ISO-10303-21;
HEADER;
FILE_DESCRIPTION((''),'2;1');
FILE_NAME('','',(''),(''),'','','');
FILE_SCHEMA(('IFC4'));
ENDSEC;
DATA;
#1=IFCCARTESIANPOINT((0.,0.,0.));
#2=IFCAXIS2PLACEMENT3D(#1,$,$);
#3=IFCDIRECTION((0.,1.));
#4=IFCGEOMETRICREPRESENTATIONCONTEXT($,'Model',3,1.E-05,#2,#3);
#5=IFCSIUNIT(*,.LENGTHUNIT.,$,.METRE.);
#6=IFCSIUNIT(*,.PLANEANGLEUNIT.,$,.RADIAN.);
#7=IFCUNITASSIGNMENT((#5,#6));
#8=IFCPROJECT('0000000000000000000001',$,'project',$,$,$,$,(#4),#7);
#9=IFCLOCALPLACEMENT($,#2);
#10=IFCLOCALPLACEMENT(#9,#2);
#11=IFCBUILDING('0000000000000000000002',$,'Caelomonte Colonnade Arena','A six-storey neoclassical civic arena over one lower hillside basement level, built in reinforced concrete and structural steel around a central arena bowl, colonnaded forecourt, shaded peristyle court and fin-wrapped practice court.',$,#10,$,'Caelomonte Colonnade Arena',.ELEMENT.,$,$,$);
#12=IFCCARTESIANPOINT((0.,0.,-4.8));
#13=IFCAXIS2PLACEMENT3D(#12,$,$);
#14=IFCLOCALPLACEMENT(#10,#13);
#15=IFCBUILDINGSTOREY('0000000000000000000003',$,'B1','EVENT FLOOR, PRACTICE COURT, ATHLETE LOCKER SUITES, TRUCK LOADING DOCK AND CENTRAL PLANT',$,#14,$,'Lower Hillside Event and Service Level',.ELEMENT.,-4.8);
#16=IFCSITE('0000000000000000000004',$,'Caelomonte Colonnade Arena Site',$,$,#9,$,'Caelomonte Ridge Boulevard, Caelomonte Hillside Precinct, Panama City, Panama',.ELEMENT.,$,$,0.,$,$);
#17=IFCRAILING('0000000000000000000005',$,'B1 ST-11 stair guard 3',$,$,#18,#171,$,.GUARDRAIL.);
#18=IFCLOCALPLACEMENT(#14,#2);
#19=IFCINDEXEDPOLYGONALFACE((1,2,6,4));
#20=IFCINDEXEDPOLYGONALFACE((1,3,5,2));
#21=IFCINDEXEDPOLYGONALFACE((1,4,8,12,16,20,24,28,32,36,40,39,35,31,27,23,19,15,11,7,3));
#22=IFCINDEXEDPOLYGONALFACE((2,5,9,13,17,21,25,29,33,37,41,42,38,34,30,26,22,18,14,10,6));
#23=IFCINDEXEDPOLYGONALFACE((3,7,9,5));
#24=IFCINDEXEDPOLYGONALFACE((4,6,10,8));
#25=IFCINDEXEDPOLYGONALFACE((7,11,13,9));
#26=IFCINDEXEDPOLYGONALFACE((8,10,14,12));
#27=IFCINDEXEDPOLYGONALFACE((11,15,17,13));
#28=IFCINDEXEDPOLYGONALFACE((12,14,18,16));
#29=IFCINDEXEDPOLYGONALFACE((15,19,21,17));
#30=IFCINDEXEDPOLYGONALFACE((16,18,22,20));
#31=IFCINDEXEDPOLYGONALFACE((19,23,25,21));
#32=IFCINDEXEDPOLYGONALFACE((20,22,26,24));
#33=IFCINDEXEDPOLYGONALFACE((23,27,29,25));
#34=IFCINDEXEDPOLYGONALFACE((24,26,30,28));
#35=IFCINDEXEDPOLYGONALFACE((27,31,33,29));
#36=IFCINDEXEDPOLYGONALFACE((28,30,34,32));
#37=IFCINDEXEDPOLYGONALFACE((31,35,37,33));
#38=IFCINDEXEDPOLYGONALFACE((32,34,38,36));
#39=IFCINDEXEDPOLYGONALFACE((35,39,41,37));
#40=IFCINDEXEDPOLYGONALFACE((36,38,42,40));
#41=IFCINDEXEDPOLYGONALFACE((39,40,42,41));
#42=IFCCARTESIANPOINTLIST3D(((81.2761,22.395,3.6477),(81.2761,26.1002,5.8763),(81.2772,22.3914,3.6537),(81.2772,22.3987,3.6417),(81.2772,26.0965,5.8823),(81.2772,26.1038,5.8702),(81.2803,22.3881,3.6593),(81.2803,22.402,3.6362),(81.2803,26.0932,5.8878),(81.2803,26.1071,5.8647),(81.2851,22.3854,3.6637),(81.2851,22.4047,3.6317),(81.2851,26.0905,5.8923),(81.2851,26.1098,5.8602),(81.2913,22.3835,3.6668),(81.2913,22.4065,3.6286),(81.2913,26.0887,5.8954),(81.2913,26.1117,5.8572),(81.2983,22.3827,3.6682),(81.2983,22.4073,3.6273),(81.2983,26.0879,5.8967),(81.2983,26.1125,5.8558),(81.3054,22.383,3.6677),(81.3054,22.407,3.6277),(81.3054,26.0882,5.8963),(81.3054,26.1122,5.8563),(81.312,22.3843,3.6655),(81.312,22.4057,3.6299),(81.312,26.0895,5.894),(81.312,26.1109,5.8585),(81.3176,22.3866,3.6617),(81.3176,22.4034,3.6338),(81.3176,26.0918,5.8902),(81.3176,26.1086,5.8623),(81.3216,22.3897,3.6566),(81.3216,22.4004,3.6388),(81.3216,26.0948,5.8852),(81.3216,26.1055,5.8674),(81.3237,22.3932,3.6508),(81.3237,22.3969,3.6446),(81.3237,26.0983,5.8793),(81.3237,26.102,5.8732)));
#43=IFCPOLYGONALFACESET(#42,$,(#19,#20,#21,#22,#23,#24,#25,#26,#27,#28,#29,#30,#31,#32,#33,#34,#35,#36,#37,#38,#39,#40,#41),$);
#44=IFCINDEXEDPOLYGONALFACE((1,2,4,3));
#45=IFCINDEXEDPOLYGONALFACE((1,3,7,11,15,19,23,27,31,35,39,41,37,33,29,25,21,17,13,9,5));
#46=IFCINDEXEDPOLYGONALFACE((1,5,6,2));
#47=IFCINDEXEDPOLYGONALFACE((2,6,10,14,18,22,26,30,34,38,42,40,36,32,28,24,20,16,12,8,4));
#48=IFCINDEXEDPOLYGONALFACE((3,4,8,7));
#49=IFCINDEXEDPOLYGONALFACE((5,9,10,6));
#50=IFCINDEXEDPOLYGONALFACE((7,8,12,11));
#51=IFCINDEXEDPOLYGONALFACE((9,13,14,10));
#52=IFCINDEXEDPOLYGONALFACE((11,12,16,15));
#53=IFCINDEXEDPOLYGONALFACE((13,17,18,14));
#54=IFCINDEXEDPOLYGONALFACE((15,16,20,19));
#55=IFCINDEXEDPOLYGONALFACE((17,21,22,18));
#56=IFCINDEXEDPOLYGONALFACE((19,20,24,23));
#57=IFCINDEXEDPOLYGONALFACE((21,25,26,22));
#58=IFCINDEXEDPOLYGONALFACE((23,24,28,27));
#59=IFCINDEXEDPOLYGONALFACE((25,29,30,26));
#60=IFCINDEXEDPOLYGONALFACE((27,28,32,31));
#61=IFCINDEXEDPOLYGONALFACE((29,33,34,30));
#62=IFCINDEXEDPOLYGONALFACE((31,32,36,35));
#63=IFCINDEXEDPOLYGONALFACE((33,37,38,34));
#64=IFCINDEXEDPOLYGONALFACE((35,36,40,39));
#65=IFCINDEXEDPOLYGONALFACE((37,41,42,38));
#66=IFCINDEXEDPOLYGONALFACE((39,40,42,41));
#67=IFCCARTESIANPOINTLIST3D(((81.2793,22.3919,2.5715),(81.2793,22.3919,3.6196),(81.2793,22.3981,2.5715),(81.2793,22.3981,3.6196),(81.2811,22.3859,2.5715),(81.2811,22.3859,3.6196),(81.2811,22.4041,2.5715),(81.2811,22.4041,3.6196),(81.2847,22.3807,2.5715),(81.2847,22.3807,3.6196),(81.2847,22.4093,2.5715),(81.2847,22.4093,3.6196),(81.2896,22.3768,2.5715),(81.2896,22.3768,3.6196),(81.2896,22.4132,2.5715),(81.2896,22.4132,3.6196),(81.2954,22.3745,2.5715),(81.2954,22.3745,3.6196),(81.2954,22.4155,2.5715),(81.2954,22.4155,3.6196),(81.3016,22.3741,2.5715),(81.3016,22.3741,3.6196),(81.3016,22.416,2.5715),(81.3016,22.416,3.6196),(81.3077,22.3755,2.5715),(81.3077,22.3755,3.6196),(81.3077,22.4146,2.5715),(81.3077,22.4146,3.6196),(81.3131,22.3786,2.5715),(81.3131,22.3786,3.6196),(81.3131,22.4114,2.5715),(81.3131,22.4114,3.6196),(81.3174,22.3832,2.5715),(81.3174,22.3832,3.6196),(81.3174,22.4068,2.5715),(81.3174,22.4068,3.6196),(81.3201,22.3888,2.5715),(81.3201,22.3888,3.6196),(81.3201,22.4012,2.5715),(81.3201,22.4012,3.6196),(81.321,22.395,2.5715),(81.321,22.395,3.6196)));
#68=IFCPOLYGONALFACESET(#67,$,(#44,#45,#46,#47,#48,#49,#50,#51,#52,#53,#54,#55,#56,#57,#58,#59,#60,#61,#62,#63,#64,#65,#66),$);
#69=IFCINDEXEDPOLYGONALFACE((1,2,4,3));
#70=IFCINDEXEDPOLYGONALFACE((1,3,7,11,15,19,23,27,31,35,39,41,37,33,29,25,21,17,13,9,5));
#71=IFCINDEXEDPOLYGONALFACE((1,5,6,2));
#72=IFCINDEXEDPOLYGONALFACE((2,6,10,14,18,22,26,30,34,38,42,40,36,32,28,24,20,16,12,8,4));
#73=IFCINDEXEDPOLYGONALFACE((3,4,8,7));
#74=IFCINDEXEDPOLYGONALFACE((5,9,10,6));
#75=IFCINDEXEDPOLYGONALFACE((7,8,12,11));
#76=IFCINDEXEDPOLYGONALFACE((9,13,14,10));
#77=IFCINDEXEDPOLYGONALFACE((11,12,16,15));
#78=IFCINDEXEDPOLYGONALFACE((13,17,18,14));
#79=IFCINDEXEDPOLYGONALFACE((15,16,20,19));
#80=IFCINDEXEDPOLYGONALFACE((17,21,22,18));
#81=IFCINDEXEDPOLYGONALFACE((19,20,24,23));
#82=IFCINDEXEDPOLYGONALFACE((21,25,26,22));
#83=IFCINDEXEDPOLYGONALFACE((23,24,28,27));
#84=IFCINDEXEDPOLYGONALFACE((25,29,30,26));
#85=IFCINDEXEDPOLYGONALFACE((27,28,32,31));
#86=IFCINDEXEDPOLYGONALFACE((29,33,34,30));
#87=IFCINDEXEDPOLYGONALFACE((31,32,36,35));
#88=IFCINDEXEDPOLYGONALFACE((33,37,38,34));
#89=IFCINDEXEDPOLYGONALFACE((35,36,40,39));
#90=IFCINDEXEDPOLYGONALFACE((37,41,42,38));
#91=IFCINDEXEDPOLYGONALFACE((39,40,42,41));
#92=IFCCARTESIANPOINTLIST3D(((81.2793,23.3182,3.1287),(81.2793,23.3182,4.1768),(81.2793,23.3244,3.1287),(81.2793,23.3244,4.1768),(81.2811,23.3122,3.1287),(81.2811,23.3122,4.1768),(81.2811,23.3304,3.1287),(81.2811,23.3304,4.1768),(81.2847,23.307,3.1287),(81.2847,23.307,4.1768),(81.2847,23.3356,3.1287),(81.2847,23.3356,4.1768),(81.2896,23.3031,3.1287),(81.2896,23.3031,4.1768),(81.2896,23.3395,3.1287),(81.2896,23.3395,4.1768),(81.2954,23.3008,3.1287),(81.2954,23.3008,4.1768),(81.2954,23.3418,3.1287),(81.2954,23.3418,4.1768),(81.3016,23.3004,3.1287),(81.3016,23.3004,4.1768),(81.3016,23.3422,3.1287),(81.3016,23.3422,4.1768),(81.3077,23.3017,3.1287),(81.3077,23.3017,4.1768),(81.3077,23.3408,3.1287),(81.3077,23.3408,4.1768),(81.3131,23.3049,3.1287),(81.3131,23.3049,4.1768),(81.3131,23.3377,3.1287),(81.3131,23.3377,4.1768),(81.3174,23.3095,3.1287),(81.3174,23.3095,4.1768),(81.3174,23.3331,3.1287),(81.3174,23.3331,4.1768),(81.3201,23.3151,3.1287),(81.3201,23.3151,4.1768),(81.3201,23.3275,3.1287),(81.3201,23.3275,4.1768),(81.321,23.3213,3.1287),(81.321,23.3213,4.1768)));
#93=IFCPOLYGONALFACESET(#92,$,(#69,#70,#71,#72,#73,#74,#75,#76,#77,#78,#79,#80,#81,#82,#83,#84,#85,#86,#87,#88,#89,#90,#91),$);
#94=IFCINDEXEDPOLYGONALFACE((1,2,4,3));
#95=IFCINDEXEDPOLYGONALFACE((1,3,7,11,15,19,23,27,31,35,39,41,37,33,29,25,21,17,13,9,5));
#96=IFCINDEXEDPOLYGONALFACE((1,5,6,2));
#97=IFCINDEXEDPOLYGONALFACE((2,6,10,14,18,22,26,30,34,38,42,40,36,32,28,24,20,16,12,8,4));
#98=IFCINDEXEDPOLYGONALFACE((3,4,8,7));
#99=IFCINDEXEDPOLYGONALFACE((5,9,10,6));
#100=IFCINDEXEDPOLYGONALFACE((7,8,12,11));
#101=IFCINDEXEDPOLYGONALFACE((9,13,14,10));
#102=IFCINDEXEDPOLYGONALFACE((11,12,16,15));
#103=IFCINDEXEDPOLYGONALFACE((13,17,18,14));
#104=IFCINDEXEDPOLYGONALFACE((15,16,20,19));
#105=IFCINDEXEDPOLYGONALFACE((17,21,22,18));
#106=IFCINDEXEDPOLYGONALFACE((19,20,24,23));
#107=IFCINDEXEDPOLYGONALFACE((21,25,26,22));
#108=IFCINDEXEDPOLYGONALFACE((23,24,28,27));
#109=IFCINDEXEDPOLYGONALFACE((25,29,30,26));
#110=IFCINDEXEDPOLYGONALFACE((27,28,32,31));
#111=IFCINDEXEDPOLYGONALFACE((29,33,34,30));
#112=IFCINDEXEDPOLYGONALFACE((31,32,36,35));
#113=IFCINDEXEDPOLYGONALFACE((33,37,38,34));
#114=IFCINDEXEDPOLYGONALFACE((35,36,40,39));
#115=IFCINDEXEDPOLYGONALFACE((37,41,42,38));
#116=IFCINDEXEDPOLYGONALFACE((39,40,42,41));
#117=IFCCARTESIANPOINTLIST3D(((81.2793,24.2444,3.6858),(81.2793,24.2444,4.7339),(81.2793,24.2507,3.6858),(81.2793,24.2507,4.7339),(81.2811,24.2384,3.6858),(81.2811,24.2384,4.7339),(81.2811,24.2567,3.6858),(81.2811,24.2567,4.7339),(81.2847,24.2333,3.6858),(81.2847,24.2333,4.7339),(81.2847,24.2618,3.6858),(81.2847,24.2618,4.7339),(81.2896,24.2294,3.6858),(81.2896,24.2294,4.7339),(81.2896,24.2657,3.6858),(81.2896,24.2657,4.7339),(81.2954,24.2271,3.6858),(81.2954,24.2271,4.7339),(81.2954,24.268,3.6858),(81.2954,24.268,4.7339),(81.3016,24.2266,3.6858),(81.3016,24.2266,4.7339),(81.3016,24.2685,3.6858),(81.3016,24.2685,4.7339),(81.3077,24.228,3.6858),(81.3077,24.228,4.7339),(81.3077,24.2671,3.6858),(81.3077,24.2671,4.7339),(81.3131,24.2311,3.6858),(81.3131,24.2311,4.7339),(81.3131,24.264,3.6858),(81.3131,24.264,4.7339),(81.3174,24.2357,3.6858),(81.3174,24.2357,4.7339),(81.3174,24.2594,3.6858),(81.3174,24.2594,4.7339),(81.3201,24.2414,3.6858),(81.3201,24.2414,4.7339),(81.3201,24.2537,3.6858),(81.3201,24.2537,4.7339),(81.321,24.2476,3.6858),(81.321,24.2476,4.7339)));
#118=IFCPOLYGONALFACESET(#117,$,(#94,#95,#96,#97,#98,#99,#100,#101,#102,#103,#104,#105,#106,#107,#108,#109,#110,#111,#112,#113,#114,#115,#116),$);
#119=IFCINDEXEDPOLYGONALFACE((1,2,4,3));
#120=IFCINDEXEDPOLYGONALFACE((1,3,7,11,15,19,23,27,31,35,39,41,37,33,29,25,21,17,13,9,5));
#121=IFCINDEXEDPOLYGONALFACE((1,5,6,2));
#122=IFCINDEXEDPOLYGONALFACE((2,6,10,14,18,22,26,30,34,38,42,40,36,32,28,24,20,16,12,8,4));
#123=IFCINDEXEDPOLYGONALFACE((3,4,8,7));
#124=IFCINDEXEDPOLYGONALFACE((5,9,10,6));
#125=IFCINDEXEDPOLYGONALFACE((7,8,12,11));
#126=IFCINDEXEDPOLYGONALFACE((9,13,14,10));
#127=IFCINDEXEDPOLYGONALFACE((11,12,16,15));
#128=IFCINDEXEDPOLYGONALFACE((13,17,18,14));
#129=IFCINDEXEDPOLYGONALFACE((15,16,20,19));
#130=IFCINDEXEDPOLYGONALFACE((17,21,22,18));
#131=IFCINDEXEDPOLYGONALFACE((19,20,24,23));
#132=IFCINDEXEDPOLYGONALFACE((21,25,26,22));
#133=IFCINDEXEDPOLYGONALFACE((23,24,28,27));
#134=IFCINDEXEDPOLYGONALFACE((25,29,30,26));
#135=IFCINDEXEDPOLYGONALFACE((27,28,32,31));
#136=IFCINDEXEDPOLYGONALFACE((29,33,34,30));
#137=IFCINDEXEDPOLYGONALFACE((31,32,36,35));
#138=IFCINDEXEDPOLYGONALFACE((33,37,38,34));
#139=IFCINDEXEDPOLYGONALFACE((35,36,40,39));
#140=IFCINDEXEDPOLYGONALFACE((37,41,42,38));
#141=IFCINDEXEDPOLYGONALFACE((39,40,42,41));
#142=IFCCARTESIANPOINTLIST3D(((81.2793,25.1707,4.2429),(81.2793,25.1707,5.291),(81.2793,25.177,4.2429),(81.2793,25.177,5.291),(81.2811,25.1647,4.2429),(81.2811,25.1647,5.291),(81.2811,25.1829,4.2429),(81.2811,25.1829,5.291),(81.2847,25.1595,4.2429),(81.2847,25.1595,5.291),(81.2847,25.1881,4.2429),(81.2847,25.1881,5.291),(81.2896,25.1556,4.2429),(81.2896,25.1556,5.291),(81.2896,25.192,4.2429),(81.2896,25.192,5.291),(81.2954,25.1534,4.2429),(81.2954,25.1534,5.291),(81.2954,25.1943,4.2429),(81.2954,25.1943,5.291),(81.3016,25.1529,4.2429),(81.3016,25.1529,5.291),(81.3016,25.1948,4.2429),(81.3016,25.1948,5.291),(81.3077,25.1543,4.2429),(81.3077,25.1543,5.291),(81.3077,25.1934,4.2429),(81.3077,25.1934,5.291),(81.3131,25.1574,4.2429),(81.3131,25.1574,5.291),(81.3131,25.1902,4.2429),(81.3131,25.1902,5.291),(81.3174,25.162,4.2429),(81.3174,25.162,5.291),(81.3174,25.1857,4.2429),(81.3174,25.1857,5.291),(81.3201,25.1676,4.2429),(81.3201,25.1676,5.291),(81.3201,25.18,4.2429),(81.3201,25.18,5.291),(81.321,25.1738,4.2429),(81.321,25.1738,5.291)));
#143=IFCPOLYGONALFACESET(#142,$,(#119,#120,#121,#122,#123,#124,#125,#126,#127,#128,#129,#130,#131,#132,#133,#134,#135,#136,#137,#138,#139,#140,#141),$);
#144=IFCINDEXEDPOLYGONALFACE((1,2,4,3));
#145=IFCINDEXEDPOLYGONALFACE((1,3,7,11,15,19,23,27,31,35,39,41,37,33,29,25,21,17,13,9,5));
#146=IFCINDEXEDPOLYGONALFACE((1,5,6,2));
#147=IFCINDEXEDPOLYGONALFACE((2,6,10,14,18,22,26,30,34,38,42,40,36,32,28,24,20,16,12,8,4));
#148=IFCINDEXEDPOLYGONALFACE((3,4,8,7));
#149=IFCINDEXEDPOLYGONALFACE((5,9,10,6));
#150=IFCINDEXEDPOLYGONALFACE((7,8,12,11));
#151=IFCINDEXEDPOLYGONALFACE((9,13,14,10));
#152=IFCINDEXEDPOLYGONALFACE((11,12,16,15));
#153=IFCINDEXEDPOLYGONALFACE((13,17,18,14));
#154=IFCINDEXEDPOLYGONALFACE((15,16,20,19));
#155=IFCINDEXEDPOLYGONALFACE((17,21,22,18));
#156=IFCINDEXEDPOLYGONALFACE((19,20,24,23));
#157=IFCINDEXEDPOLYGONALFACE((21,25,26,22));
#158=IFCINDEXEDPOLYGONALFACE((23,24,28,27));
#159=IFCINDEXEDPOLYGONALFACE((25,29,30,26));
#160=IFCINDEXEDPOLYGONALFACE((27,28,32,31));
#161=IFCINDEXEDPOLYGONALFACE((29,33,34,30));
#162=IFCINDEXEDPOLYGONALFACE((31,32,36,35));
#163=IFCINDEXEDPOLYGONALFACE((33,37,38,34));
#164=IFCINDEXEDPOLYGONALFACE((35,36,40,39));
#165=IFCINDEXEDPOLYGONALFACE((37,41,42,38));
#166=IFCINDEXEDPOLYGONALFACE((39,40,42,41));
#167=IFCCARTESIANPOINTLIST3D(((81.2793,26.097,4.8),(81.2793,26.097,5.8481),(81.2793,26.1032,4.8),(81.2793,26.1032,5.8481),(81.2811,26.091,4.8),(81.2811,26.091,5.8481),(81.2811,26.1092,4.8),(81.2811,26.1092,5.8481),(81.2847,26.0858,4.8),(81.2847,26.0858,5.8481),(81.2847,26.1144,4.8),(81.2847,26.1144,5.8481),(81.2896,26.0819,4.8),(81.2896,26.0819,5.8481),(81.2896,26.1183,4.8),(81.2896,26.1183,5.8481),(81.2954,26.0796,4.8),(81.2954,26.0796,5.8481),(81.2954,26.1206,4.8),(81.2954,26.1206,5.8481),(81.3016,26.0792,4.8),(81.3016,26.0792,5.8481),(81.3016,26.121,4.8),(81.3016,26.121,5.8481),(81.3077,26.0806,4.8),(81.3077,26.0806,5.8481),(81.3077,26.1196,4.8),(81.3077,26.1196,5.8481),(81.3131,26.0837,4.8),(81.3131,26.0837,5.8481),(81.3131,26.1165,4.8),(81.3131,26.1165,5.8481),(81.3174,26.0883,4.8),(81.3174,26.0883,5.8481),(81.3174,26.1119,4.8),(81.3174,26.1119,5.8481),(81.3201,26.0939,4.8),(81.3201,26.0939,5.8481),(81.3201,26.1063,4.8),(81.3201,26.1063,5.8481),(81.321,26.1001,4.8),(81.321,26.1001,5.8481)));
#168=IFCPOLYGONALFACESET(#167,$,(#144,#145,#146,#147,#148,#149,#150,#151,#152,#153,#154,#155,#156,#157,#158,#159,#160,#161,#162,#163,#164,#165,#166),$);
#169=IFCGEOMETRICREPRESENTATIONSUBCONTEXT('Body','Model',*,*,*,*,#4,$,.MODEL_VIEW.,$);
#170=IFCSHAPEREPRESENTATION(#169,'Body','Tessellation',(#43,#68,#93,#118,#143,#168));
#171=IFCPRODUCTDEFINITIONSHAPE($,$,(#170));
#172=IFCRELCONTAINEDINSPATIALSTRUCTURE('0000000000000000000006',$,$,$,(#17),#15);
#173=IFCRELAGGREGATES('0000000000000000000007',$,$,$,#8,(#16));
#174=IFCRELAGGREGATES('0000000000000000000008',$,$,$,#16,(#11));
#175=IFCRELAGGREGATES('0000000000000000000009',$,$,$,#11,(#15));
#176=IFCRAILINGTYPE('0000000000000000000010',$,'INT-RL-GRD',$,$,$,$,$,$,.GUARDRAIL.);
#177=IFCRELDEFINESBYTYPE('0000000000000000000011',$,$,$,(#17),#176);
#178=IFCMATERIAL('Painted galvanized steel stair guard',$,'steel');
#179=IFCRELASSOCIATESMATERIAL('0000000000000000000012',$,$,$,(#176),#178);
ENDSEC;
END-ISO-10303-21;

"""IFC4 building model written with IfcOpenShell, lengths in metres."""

from ifc_helpers import new_model, si_unit, direction, frame, origin, origin_2d, place, context, subcontext, project, spatial, circle, extrude, material, type_object, element, save


model = new_model("IFC4")

# Units and contexts
model_context = context("Model", 3, precision=1e-05, world=origin(), true_north=direction((0.0, 1.0)))
body_context = subcontext(model_context, "Body", "Model", "MODEL_VIEW")
ifc_project = project(units=[si_unit("LENGTHUNIT", "METRE"), si_unit("PLANEANGLEUNIT", "RADIAN")], contexts=[model_context])

# Site, building, storey
site_placement = place(None, origin())
site = spatial("IfcSite", under=ifc_project, at=site_placement, Name="Caelomonte Colonnade Arena Site", LongName="Caelomonte Ridge Boulevard, Caelomonte Hillside Precinct, Panama City, Panama", CompositionType="ELEMENT", RefElevation=0.0)
building_placement = place(site_placement, origin())
building = spatial("IfcBuilding", under=site, at=building_placement, Name="Caelomonte Colonnade Arena", Description="A six-storey neoclassical civic arena over one lower hillside basement level, built in reinforced concrete and structural steel around a central arena bowl, colonnaded forecourt, shaded peristyle court and fin-wrapped practice court.", LongName="Caelomonte Colonnade Arena", CompositionType="ELEMENT")
storey_placement = place(building_placement, frame((0.0, 0.0, -4.8)))
storey = spatial("IfcBuildingStorey", under=building, at=storey_placement, Name="B1", Description="EVENT FLOOR, PRACTICE COURT, ATHLETE LOCKER SUITES, TRUCK LOADING DOCK AND CENTRAL PLANT", LongName="Lower Hillside Event and Service Level", CompositionType="ELEMENT", Elevation=-4.8)

# Railing
ifc_material_1 = material(Name="Painted galvanized steel stair guard", Category="steel")
railing_type_1 = type_object("IfcRailingType", Name="INT-RL-GRD", PredefinedType="GUARDRAIL", material=ifc_material_1)
railing_1_placement = place(storey_placement, frame((81.3, 22.395, 2.5715)))
element("IfcRailing", 1, at=railing_1_placement, inside=storey, type_object=railing_type_1, Name="B1 ST-11 stair guard 3", PredefinedType="GUARDRAIL", context=body_context, shape_type="SweptSolid", body=[
    extrude(circle(Radius=0.0239, at=origin_2d()), frame((0.0, 0.0, 1.0762), z_axis=(0.0, 0.856934, 0.515425), x_axis=(-1.0, 0.0, 0.0)), (0.0, 0.0, 1.0), 4.3237),
    extrude(circle(Radius=0.021, at=origin_2d()), origin(), (0.0, 0.0, 1.0), 1.0481),
    extrude(circle(Radius=0.021, at=origin_2d()), frame((0.0, 0.9263, 0.5571)), (0.0, 0.0, 1.0), 1.0481),
    extrude(circle(Radius=0.021, at=origin_2d()), frame((0.0, 1.8525, 1.1143)), (0.0, 0.0, 1.0), 1.0481),
    extrude(circle(Radius=0.021, at=origin_2d()), frame((0.0, 2.7788, 1.6714)), (0.0, 0.0, 1.0), 1.0481),
    extrude(circle(Radius=0.021, at=origin_2d()), frame((0.0, 3.7051, 2.2285)), (0.0, 0.0, 1.0), 1.0481),
])

save(model, "model.ifc")
